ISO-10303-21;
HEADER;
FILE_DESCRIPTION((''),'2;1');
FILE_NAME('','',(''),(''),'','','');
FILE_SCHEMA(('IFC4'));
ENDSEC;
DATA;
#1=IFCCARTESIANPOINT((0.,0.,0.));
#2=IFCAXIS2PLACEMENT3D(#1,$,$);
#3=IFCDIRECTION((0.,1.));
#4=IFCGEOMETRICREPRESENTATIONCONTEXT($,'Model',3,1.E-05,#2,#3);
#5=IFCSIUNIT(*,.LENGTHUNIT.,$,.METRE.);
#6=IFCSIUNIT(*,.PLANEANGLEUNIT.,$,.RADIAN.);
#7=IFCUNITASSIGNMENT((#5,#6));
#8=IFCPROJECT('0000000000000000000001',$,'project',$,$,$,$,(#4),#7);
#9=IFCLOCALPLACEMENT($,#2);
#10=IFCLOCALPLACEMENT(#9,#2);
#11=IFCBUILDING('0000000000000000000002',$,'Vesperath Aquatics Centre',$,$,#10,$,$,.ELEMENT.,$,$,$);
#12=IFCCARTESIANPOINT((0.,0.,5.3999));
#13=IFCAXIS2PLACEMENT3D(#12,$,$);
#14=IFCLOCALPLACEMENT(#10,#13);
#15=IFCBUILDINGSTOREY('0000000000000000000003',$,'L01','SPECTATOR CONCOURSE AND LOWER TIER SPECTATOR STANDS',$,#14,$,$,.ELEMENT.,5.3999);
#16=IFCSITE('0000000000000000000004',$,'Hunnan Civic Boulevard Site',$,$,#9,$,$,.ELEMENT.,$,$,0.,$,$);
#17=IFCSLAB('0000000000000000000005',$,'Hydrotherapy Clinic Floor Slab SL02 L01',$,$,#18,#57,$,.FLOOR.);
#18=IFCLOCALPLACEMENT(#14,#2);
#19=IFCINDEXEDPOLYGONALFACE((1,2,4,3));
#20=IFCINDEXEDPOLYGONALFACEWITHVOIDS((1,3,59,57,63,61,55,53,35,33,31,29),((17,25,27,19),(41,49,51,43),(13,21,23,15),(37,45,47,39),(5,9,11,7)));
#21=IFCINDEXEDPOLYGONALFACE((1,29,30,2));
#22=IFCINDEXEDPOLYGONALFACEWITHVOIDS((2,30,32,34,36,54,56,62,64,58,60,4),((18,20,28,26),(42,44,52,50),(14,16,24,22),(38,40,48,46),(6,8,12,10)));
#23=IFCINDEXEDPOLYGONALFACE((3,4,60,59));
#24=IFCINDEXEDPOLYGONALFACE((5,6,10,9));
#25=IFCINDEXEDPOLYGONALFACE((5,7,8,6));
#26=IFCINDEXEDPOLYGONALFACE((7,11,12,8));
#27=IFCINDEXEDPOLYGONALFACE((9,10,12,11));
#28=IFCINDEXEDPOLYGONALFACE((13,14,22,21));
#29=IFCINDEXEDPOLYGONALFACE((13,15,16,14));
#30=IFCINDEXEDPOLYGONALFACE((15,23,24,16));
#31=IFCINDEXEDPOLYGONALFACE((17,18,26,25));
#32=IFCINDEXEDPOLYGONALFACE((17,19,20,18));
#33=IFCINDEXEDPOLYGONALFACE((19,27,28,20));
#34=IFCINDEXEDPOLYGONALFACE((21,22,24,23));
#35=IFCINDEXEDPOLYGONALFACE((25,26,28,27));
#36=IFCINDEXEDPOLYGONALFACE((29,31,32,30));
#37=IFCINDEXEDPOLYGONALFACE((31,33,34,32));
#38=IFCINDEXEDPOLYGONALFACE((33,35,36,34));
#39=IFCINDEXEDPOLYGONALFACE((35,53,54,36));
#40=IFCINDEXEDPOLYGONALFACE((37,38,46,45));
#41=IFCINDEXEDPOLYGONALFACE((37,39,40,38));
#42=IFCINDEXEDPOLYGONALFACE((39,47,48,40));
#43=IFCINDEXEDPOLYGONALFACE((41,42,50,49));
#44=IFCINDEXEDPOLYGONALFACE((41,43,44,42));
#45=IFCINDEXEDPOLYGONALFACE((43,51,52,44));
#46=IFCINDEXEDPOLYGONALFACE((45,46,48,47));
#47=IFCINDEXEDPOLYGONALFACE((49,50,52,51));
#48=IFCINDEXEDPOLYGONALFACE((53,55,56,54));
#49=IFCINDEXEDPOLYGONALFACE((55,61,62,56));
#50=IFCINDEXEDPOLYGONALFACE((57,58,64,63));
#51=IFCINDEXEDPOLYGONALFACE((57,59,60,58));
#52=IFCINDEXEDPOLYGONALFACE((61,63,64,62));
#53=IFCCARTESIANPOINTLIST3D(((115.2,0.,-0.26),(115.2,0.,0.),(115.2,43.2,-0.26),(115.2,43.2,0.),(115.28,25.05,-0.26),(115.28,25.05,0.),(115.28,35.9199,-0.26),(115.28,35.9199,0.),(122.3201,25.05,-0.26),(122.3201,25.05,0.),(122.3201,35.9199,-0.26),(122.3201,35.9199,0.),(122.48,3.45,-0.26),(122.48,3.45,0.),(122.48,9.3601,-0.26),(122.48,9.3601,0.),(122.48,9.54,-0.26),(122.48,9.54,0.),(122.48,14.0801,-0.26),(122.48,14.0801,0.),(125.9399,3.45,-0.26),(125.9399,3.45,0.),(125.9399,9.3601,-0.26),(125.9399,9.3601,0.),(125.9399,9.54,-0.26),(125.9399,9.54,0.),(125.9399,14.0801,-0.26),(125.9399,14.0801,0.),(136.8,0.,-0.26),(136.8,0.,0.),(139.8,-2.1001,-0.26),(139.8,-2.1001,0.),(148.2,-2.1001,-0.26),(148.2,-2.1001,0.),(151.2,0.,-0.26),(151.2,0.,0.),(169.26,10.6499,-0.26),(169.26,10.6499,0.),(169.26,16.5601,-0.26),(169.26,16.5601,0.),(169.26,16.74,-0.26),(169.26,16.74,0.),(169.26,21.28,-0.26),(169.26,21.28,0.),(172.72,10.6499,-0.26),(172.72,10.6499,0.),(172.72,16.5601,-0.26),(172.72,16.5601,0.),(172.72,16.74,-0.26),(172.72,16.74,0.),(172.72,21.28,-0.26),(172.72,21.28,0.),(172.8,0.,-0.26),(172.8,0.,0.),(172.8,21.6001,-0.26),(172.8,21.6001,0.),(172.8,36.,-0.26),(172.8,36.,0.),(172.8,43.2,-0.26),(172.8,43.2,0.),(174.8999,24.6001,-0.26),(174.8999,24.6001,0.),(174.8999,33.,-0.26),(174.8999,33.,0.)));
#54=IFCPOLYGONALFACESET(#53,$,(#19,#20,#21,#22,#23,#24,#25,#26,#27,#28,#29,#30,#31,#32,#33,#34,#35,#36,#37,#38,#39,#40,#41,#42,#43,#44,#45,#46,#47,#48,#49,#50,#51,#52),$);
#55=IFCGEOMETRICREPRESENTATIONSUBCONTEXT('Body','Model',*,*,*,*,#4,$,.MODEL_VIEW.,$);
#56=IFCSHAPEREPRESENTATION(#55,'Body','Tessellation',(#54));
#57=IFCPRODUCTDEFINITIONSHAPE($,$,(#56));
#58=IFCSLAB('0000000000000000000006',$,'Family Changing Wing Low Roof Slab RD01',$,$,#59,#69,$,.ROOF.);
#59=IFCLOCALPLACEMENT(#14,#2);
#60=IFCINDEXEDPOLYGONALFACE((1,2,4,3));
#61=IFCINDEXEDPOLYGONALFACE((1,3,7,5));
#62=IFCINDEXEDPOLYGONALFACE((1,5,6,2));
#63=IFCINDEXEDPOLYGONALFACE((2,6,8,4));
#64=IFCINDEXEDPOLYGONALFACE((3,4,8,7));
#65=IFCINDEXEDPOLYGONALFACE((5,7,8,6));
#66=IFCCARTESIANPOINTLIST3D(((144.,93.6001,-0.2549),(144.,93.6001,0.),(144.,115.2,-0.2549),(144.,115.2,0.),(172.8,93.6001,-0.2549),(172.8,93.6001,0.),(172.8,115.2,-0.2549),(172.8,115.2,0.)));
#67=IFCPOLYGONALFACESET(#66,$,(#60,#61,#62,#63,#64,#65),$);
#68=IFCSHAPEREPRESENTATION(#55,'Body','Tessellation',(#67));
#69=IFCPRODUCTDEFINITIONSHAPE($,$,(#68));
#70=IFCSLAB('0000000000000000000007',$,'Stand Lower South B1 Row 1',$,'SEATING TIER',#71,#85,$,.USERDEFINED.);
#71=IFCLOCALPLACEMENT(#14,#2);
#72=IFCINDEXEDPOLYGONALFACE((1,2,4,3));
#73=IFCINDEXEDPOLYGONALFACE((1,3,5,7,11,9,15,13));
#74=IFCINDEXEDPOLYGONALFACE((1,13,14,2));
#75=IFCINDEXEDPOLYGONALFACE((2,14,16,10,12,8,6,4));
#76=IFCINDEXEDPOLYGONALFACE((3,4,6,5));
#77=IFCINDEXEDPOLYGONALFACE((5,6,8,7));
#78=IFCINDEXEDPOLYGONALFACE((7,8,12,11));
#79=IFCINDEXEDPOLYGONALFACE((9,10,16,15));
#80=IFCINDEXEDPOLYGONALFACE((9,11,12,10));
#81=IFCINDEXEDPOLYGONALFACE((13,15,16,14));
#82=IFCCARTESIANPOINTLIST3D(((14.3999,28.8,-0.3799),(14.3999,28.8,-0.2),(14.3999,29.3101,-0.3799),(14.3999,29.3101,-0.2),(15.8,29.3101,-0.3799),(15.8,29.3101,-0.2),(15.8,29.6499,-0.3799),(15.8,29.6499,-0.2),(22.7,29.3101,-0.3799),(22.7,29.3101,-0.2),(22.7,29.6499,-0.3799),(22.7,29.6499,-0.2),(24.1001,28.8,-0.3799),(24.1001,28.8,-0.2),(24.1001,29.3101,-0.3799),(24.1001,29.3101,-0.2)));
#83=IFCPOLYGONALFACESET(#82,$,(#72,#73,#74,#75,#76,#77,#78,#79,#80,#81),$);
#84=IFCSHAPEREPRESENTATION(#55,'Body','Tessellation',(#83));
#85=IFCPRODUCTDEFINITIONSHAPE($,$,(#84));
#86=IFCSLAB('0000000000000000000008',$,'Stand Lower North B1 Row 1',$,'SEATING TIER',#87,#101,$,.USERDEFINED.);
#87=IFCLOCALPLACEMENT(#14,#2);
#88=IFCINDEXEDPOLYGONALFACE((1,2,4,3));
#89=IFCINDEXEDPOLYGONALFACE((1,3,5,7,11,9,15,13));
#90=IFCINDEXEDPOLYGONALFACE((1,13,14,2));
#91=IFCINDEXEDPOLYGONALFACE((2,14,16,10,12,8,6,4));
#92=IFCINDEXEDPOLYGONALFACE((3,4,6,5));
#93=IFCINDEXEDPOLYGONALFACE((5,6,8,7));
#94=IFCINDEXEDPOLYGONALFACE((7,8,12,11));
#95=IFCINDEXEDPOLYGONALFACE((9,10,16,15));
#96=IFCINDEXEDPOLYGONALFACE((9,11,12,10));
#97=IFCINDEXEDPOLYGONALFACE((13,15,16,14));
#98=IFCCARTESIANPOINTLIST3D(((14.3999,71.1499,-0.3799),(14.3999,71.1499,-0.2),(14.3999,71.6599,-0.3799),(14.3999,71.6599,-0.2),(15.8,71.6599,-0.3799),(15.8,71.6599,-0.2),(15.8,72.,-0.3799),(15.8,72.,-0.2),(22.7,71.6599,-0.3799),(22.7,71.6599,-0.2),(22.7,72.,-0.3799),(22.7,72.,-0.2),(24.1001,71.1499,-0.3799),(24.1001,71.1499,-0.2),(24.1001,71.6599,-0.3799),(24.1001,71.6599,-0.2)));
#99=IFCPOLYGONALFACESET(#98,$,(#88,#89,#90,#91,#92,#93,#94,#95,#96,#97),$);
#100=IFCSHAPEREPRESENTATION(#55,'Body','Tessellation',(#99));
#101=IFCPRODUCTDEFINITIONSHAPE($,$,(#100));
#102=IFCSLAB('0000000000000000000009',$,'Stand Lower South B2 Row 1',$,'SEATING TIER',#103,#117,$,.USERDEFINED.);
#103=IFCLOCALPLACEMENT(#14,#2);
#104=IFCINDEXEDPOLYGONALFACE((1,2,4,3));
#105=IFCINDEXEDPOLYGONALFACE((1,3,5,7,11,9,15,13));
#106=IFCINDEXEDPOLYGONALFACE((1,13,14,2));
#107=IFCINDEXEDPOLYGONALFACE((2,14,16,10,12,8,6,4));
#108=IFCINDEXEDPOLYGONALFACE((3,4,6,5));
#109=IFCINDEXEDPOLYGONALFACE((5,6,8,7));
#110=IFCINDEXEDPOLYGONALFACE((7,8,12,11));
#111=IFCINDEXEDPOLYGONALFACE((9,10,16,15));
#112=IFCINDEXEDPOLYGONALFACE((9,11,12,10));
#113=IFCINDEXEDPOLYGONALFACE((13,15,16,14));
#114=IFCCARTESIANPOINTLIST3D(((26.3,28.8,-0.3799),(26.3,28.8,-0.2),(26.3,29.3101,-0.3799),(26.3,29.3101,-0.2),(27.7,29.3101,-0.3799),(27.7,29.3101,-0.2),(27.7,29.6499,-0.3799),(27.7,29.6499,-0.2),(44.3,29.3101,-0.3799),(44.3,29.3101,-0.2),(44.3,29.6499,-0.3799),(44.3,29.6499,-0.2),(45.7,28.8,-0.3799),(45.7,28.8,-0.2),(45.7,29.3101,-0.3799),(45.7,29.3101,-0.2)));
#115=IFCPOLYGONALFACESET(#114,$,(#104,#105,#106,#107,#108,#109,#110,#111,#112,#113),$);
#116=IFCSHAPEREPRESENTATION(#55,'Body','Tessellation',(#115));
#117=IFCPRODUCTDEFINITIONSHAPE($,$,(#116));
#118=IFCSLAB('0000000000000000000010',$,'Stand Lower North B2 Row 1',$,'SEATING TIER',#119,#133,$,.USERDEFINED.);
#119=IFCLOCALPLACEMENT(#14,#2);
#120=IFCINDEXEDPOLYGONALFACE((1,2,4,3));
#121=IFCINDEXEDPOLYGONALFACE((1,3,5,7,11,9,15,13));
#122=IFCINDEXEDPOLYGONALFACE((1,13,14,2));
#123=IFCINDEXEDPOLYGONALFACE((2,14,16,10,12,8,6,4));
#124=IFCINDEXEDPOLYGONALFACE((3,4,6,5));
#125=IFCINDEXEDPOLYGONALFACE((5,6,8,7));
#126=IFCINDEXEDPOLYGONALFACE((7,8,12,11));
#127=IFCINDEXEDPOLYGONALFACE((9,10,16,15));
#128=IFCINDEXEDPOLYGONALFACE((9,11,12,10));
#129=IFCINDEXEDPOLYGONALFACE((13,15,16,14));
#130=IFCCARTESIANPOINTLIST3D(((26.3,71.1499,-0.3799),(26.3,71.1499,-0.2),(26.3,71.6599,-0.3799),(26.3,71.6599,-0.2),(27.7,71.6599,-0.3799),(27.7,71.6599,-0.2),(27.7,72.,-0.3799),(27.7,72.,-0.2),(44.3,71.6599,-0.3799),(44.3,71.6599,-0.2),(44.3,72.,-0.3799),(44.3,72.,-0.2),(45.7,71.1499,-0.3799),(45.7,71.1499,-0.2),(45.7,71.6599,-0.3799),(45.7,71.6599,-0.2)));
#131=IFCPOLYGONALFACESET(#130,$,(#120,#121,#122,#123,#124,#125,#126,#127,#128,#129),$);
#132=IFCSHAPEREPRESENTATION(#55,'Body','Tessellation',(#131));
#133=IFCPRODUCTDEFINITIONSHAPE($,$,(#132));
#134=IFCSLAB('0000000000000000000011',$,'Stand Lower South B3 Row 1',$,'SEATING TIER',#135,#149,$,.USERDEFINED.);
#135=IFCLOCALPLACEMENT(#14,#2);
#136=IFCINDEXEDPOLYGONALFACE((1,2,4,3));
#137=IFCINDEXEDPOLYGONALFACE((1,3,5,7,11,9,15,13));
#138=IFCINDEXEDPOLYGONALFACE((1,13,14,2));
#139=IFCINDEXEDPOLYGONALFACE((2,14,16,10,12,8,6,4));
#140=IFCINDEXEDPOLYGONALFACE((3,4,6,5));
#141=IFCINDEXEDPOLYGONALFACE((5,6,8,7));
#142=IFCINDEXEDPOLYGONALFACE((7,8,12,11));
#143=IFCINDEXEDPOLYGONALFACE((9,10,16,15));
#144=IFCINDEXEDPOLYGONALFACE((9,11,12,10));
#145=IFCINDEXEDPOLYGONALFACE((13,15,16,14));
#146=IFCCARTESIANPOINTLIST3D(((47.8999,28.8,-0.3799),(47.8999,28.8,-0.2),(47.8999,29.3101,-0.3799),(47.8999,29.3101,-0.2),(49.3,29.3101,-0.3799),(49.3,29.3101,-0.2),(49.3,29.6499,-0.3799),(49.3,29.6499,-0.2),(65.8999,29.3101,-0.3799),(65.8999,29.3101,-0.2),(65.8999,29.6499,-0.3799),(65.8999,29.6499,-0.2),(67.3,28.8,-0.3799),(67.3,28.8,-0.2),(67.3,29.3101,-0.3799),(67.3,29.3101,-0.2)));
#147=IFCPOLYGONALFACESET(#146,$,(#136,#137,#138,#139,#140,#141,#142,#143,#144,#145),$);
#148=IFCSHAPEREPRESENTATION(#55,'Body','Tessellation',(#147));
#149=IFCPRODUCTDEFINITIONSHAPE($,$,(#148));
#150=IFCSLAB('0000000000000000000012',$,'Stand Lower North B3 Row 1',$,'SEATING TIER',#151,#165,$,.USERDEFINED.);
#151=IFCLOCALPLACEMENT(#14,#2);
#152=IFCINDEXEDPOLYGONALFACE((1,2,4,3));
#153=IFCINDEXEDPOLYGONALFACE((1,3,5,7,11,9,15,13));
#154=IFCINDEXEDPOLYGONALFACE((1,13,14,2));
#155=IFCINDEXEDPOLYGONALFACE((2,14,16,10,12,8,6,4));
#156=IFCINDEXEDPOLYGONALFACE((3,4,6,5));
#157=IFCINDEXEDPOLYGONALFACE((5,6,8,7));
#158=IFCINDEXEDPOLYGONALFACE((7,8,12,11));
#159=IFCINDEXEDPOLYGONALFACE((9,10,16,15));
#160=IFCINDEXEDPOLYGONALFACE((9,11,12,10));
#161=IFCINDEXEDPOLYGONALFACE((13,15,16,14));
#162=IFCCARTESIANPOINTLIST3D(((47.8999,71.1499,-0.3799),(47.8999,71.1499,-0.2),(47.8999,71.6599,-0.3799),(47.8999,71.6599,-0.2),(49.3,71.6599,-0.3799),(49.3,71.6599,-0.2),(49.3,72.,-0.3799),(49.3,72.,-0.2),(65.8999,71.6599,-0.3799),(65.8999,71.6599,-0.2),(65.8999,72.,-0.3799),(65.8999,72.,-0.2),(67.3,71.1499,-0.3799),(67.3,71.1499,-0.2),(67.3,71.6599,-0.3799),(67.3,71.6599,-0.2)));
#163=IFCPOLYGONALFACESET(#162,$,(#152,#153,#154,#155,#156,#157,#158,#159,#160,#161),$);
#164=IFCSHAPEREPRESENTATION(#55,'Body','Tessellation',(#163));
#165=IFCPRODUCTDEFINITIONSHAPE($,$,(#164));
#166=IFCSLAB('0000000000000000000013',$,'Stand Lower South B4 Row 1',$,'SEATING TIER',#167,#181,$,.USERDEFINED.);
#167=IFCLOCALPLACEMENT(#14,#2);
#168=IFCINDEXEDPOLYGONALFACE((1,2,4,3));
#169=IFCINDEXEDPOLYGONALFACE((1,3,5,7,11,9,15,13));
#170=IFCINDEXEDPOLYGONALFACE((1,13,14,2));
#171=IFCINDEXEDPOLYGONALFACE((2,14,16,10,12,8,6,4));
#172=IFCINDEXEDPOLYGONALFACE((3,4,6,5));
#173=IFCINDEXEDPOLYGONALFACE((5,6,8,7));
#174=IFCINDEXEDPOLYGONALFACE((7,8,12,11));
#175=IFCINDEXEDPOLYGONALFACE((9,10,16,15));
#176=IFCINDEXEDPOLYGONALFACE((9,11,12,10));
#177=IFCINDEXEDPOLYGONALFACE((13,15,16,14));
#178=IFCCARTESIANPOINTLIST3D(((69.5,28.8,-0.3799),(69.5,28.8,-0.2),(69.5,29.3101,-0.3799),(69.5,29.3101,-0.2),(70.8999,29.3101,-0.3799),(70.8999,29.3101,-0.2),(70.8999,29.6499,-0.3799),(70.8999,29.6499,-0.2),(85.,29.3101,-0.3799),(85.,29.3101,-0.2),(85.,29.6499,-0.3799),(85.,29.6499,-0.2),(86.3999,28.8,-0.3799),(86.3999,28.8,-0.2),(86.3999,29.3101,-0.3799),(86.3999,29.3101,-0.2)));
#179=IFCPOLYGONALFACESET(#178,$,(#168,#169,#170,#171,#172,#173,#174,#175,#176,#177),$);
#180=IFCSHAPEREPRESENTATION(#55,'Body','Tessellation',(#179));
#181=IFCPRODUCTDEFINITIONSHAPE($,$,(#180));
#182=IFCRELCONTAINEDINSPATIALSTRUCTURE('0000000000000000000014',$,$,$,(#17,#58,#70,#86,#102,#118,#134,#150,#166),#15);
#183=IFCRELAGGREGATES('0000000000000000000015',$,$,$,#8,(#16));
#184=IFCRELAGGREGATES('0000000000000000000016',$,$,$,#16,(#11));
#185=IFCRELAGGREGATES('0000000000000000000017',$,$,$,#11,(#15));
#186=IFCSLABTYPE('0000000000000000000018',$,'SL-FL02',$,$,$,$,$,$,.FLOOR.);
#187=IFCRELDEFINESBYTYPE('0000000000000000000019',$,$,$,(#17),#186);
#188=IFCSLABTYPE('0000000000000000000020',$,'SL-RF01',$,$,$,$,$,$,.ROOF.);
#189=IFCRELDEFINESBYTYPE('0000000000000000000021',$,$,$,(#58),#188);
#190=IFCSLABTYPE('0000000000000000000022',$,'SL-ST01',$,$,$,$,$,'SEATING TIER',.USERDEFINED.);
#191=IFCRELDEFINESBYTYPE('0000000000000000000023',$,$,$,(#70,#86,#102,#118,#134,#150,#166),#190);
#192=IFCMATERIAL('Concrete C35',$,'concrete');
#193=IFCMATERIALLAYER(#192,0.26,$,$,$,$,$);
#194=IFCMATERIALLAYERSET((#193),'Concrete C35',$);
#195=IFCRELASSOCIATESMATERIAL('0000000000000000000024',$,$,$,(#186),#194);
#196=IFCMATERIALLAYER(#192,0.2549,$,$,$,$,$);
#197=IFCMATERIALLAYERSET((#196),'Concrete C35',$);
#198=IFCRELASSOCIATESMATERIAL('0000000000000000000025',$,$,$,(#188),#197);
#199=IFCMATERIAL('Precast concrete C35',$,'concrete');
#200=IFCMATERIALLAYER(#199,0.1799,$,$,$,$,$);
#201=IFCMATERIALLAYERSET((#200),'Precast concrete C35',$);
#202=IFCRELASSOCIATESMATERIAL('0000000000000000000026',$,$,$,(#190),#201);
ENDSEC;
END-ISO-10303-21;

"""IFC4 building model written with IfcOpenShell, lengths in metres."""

from ifc_helpers import new_model, si_unit, direction, frame, origin, place, context, subcontext, project, spatial, polyline, outline, extrude, material, layer, layer_set, type_object, element, save


model = new_model("IFC4")

# Units and contexts
model_context = context("Model", 3, precision=1e-05, world=origin(), true_north=direction((0.0, 1.0)))
body_context = subcontext(model_context, "Body", "Model", "MODEL_VIEW")
ifc_project = project(units=[si_unit("LENGTHUNIT", "METRE"), si_unit("PLANEANGLEUNIT", "RADIAN")], contexts=[model_context])

# Site, building, storey
site_placement = place(None, origin())
site = spatial("IfcSite", under=ifc_project, at=site_placement, Name="Hunnan Civic Boulevard Site", CompositionType="ELEMENT", RefElevation=0.0)
building_placement = place(site_placement, origin())
building = spatial("IfcBuilding", under=site, at=building_placement, Name="Vesperath Aquatics Centre", CompositionType="ELEMENT")
storey_placement = place(building_placement, frame((0.0, 0.0, 5.3999)))
storey = spatial("IfcBuildingStorey", under=building, at=storey_placement, Name="L01", Description="SPECTATOR CONCOURSE AND LOWER TIER SPECTATOR STANDS", CompositionType="ELEMENT", Elevation=5.3999)

# Slabs
ifc_material_1 = material(Name="Concrete C35", Category="concrete")
ifc_layer_1 = layer(ifc_material_1, 0.26)
ifc_layer_set_1 = layer_set([ifc_layer_1], Name="Concrete C35")
slab_type_1 = type_object("IfcSlabType", Name="SL-FL02", PredefinedType="FLOOR", material=ifc_layer_set_1)
slab_1_placement = place(storey_placement, frame((0.0, 0.0, -0.26)))
element("IfcSlab", 1, at=slab_1_placement, inside=storey, type_object=slab_type_1, Name="Hydrotherapy Clinic Floor Slab SL02 L01", PredefinedType="FLOOR", context=body_context, shape_type="SweptSolid", body=[
    extrude(outline(polyline([(115.2, 0.0), (136.8, 0.0), (139.8, -2.1001), (148.2, -2.1001), (151.2, 0.0), (172.8, 0.0), (172.8, 21.6001), (174.8999, 24.6001), (174.8999, 33.0), (172.8, 36.0), (172.8, 43.2), (115.2, 43.2), (115.2, 0.0)]), holes=[polyline([(122.48, 3.45), (125.9399, 3.45), (125.9399, 9.3601), (122.48, 9.3601), (122.48, 3.45)]), polyline([(122.48, 9.54), (125.9399, 9.54), (125.9399, 14.0801), (122.48, 14.0801), (122.48, 9.54)]), polyline([(169.26, 10.6499), (172.72, 10.6499), (172.72, 16.5601), (169.26, 16.5601), (169.26, 10.6499)]), polyline([(169.26, 16.74), (172.72, 16.74), (172.72, 21.28), (169.26, 21.28), (169.26, 16.74)]), polyline([(115.28, 25.05), (122.3201, 25.05), (122.3201, 35.9199), (115.28, 35.9199), (115.28, 25.05)])]), origin(), (0.0, 0.0, 1.0), 0.26),
])
ifc_layer_2 = layer(ifc_material_1, 0.2549)
ifc_layer_set_2 = layer_set([ifc_layer_2], Name="Concrete C35")
slab_type_2 = type_object("IfcSlabType", Name="SL-RF01", PredefinedType="ROOF", material=ifc_layer_set_2)
slab_2_placement = place(storey_placement, frame((0.0, 0.0, -0.2549)))
element("IfcSlab", 2, at=slab_2_placement, inside=storey, type_object=slab_type_2, Name="Family Changing Wing Low Roof Slab RD01", PredefinedType="ROOF", context=body_context, shape_type="SweptSolid", body=[
    extrude(outline(polyline([(144.0, 93.6001), (172.8, 93.6001), (172.8, 115.2), (144.0, 115.2), (144.0, 93.6001)])), origin(), (0.0, 0.0, 1.0), 0.2549),
])
ifc_material_2 = material(Name="Precast concrete C35", Category="concrete")
ifc_layer_3 = layer(ifc_material_2, 0.1799)
ifc_layer_set_3 = layer_set([ifc_layer_3], Name="Precast concrete C35")
slab_type_3 = type_object("IfcSlabType", Name="SL-ST01", ElementType="SEATING TIER", PredefinedType="USERDEFINED", material=ifc_layer_set_3)
slab_3_placement = place(storey_placement, frame((0.0, 0.0, -0.3799)))
element("IfcSlab", 3, at=slab_3_placement, inside=storey, type_object=slab_type_3, Name="Stand Lower South B1 Row 1", ObjectType="SEATING TIER", PredefinedType="USERDEFINED", context=body_context, shape_type="SweptSolid", body=[
    extrude(outline(polyline([(14.3999, 28.8), (24.1001, 28.8), (24.1001, 29.3101), (22.7, 29.3101), (22.7, 29.6499), (15.8, 29.6499), (15.8, 29.3101), (14.3999, 29.3101), (14.3999, 28.8)])), origin(), (0.0, 0.0, 1.0), 0.1799),
])
slab_4_placement = place(storey_placement, frame((0.0, 0.0, -0.3799)))
element("IfcSlab", 4, at=slab_4_placement, inside=storey, type_object=slab_type_3, Name="Stand Lower North B1 Row 1", ObjectType="SEATING TIER", PredefinedType="USERDEFINED", context=body_context, shape_type="SweptSolid", body=[
    extrude(outline(polyline([(14.3999, 71.1499), (24.1001, 71.1499), (24.1001, 71.6599), (22.7, 71.6599), (22.7, 72.0), (15.8, 72.0), (15.8, 71.6599), (14.3999, 71.6599), (14.3999, 71.1499)])), origin(), (0.0, 0.0, 1.0), 0.1799),
])
slab_5_placement = place(storey_placement, frame((0.0, 0.0, -0.3799)))
element("IfcSlab", 5, at=slab_5_placement, inside=storey, type_object=slab_type_3, Name="Stand Lower South B2 Row 1", ObjectType="SEATING TIER", PredefinedType="USERDEFINED", context=body_context, shape_type="SweptSolid", body=[
    extrude(outline(polyline([(26.3, 28.8), (45.7, 28.8), (45.7, 29.3101), (44.3, 29.3101), (44.3, 29.6499), (27.7, 29.6499), (27.7, 29.3101), (26.3, 29.3101), (26.3, 28.8)])), origin(), (0.0, 0.0, 1.0), 0.1799),
])
slab_6_placement = place(storey_placement, frame((0.0, 0.0, -0.3799)))
element("IfcSlab", 6, at=slab_6_placement, inside=storey, type_object=slab_type_3, Name="Stand Lower North B2 Row 1", ObjectType="SEATING TIER", PredefinedType="USERDEFINED", context=body_context, shape_type="SweptSolid", body=[
    extrude(outline(polyline([(26.3, 71.1499), (45.7, 71.1499), (45.7, 71.6599), (44.3, 71.6599), (44.3, 72.0), (27.7, 72.0), (27.7, 71.6599), (26.3, 71.6599), (26.3, 71.1499)])), origin(), (0.0, 0.0, 1.0), 0.1799),
])
slab_7_placement = place(storey_placement, frame((0.0, 0.0, -0.3799)))
element("IfcSlab", 7, at=slab_7_placement, inside=storey, type_object=slab_type_3, Name="Stand Lower South B3 Row 1", ObjectType="SEATING TIER", PredefinedType="USERDEFINED", context=body_context, shape_type="SweptSolid", body=[
    extrude(outline(polyline([(47.8999, 28.8), (67.3, 28.8), (67.3, 29.3101), (65.8999, 29.3101), (65.8999, 29.6499), (49.3, 29.6499), (49.3, 29.3101), (47.8999, 29.3101), (47.8999, 28.8)])), origin(), (0.0, 0.0, 1.0), 0.1799),
])
slab_8_placement = place(storey_placement, frame((0.0, 0.0, -0.3799)))
element("IfcSlab", 8, at=slab_8_placement, inside=storey, type_object=slab_type_3, Name="Stand Lower North B3 Row 1", ObjectType="SEATING TIER", PredefinedType="USERDEFINED", context=body_context, shape_type="SweptSolid", body=[
    extrude(outline(polyline([(47.8999, 71.1499), (67.3, 71.1499), (67.3, 71.6599), (65.8999, 71.6599), (65.8999, 72.0), (49.3, 72.0), (49.3, 71.6599), (47.8999, 71.6599), (47.8999, 71.1499)])), origin(), (0.0, 0.0, 1.0), 0.1799),
])
slab_9_placement = place(storey_placement, frame((0.0, 0.0, -0.3799)))
element("IfcSlab", 9, at=slab_9_placement, inside=storey, type_object=slab_type_3, Name="Stand Lower South B4 Row 1", ObjectType="SEATING TIER", PredefinedType="USERDEFINED", context=body_context, shape_type="SweptSolid", body=[
    extrude(outline(polyline([(69.5, 28.8), (86.3999, 28.8), (86.3999, 29.3101), (85.0, 29.3101), (85.0, 29.6499), (70.8999, 29.6499), (70.8999, 29.3101), (69.5, 29.3101), (69.5, 28.8)])), origin(), (0.0, 0.0, 1.0), 0.1799),
])

save(model, "model.ifc")
